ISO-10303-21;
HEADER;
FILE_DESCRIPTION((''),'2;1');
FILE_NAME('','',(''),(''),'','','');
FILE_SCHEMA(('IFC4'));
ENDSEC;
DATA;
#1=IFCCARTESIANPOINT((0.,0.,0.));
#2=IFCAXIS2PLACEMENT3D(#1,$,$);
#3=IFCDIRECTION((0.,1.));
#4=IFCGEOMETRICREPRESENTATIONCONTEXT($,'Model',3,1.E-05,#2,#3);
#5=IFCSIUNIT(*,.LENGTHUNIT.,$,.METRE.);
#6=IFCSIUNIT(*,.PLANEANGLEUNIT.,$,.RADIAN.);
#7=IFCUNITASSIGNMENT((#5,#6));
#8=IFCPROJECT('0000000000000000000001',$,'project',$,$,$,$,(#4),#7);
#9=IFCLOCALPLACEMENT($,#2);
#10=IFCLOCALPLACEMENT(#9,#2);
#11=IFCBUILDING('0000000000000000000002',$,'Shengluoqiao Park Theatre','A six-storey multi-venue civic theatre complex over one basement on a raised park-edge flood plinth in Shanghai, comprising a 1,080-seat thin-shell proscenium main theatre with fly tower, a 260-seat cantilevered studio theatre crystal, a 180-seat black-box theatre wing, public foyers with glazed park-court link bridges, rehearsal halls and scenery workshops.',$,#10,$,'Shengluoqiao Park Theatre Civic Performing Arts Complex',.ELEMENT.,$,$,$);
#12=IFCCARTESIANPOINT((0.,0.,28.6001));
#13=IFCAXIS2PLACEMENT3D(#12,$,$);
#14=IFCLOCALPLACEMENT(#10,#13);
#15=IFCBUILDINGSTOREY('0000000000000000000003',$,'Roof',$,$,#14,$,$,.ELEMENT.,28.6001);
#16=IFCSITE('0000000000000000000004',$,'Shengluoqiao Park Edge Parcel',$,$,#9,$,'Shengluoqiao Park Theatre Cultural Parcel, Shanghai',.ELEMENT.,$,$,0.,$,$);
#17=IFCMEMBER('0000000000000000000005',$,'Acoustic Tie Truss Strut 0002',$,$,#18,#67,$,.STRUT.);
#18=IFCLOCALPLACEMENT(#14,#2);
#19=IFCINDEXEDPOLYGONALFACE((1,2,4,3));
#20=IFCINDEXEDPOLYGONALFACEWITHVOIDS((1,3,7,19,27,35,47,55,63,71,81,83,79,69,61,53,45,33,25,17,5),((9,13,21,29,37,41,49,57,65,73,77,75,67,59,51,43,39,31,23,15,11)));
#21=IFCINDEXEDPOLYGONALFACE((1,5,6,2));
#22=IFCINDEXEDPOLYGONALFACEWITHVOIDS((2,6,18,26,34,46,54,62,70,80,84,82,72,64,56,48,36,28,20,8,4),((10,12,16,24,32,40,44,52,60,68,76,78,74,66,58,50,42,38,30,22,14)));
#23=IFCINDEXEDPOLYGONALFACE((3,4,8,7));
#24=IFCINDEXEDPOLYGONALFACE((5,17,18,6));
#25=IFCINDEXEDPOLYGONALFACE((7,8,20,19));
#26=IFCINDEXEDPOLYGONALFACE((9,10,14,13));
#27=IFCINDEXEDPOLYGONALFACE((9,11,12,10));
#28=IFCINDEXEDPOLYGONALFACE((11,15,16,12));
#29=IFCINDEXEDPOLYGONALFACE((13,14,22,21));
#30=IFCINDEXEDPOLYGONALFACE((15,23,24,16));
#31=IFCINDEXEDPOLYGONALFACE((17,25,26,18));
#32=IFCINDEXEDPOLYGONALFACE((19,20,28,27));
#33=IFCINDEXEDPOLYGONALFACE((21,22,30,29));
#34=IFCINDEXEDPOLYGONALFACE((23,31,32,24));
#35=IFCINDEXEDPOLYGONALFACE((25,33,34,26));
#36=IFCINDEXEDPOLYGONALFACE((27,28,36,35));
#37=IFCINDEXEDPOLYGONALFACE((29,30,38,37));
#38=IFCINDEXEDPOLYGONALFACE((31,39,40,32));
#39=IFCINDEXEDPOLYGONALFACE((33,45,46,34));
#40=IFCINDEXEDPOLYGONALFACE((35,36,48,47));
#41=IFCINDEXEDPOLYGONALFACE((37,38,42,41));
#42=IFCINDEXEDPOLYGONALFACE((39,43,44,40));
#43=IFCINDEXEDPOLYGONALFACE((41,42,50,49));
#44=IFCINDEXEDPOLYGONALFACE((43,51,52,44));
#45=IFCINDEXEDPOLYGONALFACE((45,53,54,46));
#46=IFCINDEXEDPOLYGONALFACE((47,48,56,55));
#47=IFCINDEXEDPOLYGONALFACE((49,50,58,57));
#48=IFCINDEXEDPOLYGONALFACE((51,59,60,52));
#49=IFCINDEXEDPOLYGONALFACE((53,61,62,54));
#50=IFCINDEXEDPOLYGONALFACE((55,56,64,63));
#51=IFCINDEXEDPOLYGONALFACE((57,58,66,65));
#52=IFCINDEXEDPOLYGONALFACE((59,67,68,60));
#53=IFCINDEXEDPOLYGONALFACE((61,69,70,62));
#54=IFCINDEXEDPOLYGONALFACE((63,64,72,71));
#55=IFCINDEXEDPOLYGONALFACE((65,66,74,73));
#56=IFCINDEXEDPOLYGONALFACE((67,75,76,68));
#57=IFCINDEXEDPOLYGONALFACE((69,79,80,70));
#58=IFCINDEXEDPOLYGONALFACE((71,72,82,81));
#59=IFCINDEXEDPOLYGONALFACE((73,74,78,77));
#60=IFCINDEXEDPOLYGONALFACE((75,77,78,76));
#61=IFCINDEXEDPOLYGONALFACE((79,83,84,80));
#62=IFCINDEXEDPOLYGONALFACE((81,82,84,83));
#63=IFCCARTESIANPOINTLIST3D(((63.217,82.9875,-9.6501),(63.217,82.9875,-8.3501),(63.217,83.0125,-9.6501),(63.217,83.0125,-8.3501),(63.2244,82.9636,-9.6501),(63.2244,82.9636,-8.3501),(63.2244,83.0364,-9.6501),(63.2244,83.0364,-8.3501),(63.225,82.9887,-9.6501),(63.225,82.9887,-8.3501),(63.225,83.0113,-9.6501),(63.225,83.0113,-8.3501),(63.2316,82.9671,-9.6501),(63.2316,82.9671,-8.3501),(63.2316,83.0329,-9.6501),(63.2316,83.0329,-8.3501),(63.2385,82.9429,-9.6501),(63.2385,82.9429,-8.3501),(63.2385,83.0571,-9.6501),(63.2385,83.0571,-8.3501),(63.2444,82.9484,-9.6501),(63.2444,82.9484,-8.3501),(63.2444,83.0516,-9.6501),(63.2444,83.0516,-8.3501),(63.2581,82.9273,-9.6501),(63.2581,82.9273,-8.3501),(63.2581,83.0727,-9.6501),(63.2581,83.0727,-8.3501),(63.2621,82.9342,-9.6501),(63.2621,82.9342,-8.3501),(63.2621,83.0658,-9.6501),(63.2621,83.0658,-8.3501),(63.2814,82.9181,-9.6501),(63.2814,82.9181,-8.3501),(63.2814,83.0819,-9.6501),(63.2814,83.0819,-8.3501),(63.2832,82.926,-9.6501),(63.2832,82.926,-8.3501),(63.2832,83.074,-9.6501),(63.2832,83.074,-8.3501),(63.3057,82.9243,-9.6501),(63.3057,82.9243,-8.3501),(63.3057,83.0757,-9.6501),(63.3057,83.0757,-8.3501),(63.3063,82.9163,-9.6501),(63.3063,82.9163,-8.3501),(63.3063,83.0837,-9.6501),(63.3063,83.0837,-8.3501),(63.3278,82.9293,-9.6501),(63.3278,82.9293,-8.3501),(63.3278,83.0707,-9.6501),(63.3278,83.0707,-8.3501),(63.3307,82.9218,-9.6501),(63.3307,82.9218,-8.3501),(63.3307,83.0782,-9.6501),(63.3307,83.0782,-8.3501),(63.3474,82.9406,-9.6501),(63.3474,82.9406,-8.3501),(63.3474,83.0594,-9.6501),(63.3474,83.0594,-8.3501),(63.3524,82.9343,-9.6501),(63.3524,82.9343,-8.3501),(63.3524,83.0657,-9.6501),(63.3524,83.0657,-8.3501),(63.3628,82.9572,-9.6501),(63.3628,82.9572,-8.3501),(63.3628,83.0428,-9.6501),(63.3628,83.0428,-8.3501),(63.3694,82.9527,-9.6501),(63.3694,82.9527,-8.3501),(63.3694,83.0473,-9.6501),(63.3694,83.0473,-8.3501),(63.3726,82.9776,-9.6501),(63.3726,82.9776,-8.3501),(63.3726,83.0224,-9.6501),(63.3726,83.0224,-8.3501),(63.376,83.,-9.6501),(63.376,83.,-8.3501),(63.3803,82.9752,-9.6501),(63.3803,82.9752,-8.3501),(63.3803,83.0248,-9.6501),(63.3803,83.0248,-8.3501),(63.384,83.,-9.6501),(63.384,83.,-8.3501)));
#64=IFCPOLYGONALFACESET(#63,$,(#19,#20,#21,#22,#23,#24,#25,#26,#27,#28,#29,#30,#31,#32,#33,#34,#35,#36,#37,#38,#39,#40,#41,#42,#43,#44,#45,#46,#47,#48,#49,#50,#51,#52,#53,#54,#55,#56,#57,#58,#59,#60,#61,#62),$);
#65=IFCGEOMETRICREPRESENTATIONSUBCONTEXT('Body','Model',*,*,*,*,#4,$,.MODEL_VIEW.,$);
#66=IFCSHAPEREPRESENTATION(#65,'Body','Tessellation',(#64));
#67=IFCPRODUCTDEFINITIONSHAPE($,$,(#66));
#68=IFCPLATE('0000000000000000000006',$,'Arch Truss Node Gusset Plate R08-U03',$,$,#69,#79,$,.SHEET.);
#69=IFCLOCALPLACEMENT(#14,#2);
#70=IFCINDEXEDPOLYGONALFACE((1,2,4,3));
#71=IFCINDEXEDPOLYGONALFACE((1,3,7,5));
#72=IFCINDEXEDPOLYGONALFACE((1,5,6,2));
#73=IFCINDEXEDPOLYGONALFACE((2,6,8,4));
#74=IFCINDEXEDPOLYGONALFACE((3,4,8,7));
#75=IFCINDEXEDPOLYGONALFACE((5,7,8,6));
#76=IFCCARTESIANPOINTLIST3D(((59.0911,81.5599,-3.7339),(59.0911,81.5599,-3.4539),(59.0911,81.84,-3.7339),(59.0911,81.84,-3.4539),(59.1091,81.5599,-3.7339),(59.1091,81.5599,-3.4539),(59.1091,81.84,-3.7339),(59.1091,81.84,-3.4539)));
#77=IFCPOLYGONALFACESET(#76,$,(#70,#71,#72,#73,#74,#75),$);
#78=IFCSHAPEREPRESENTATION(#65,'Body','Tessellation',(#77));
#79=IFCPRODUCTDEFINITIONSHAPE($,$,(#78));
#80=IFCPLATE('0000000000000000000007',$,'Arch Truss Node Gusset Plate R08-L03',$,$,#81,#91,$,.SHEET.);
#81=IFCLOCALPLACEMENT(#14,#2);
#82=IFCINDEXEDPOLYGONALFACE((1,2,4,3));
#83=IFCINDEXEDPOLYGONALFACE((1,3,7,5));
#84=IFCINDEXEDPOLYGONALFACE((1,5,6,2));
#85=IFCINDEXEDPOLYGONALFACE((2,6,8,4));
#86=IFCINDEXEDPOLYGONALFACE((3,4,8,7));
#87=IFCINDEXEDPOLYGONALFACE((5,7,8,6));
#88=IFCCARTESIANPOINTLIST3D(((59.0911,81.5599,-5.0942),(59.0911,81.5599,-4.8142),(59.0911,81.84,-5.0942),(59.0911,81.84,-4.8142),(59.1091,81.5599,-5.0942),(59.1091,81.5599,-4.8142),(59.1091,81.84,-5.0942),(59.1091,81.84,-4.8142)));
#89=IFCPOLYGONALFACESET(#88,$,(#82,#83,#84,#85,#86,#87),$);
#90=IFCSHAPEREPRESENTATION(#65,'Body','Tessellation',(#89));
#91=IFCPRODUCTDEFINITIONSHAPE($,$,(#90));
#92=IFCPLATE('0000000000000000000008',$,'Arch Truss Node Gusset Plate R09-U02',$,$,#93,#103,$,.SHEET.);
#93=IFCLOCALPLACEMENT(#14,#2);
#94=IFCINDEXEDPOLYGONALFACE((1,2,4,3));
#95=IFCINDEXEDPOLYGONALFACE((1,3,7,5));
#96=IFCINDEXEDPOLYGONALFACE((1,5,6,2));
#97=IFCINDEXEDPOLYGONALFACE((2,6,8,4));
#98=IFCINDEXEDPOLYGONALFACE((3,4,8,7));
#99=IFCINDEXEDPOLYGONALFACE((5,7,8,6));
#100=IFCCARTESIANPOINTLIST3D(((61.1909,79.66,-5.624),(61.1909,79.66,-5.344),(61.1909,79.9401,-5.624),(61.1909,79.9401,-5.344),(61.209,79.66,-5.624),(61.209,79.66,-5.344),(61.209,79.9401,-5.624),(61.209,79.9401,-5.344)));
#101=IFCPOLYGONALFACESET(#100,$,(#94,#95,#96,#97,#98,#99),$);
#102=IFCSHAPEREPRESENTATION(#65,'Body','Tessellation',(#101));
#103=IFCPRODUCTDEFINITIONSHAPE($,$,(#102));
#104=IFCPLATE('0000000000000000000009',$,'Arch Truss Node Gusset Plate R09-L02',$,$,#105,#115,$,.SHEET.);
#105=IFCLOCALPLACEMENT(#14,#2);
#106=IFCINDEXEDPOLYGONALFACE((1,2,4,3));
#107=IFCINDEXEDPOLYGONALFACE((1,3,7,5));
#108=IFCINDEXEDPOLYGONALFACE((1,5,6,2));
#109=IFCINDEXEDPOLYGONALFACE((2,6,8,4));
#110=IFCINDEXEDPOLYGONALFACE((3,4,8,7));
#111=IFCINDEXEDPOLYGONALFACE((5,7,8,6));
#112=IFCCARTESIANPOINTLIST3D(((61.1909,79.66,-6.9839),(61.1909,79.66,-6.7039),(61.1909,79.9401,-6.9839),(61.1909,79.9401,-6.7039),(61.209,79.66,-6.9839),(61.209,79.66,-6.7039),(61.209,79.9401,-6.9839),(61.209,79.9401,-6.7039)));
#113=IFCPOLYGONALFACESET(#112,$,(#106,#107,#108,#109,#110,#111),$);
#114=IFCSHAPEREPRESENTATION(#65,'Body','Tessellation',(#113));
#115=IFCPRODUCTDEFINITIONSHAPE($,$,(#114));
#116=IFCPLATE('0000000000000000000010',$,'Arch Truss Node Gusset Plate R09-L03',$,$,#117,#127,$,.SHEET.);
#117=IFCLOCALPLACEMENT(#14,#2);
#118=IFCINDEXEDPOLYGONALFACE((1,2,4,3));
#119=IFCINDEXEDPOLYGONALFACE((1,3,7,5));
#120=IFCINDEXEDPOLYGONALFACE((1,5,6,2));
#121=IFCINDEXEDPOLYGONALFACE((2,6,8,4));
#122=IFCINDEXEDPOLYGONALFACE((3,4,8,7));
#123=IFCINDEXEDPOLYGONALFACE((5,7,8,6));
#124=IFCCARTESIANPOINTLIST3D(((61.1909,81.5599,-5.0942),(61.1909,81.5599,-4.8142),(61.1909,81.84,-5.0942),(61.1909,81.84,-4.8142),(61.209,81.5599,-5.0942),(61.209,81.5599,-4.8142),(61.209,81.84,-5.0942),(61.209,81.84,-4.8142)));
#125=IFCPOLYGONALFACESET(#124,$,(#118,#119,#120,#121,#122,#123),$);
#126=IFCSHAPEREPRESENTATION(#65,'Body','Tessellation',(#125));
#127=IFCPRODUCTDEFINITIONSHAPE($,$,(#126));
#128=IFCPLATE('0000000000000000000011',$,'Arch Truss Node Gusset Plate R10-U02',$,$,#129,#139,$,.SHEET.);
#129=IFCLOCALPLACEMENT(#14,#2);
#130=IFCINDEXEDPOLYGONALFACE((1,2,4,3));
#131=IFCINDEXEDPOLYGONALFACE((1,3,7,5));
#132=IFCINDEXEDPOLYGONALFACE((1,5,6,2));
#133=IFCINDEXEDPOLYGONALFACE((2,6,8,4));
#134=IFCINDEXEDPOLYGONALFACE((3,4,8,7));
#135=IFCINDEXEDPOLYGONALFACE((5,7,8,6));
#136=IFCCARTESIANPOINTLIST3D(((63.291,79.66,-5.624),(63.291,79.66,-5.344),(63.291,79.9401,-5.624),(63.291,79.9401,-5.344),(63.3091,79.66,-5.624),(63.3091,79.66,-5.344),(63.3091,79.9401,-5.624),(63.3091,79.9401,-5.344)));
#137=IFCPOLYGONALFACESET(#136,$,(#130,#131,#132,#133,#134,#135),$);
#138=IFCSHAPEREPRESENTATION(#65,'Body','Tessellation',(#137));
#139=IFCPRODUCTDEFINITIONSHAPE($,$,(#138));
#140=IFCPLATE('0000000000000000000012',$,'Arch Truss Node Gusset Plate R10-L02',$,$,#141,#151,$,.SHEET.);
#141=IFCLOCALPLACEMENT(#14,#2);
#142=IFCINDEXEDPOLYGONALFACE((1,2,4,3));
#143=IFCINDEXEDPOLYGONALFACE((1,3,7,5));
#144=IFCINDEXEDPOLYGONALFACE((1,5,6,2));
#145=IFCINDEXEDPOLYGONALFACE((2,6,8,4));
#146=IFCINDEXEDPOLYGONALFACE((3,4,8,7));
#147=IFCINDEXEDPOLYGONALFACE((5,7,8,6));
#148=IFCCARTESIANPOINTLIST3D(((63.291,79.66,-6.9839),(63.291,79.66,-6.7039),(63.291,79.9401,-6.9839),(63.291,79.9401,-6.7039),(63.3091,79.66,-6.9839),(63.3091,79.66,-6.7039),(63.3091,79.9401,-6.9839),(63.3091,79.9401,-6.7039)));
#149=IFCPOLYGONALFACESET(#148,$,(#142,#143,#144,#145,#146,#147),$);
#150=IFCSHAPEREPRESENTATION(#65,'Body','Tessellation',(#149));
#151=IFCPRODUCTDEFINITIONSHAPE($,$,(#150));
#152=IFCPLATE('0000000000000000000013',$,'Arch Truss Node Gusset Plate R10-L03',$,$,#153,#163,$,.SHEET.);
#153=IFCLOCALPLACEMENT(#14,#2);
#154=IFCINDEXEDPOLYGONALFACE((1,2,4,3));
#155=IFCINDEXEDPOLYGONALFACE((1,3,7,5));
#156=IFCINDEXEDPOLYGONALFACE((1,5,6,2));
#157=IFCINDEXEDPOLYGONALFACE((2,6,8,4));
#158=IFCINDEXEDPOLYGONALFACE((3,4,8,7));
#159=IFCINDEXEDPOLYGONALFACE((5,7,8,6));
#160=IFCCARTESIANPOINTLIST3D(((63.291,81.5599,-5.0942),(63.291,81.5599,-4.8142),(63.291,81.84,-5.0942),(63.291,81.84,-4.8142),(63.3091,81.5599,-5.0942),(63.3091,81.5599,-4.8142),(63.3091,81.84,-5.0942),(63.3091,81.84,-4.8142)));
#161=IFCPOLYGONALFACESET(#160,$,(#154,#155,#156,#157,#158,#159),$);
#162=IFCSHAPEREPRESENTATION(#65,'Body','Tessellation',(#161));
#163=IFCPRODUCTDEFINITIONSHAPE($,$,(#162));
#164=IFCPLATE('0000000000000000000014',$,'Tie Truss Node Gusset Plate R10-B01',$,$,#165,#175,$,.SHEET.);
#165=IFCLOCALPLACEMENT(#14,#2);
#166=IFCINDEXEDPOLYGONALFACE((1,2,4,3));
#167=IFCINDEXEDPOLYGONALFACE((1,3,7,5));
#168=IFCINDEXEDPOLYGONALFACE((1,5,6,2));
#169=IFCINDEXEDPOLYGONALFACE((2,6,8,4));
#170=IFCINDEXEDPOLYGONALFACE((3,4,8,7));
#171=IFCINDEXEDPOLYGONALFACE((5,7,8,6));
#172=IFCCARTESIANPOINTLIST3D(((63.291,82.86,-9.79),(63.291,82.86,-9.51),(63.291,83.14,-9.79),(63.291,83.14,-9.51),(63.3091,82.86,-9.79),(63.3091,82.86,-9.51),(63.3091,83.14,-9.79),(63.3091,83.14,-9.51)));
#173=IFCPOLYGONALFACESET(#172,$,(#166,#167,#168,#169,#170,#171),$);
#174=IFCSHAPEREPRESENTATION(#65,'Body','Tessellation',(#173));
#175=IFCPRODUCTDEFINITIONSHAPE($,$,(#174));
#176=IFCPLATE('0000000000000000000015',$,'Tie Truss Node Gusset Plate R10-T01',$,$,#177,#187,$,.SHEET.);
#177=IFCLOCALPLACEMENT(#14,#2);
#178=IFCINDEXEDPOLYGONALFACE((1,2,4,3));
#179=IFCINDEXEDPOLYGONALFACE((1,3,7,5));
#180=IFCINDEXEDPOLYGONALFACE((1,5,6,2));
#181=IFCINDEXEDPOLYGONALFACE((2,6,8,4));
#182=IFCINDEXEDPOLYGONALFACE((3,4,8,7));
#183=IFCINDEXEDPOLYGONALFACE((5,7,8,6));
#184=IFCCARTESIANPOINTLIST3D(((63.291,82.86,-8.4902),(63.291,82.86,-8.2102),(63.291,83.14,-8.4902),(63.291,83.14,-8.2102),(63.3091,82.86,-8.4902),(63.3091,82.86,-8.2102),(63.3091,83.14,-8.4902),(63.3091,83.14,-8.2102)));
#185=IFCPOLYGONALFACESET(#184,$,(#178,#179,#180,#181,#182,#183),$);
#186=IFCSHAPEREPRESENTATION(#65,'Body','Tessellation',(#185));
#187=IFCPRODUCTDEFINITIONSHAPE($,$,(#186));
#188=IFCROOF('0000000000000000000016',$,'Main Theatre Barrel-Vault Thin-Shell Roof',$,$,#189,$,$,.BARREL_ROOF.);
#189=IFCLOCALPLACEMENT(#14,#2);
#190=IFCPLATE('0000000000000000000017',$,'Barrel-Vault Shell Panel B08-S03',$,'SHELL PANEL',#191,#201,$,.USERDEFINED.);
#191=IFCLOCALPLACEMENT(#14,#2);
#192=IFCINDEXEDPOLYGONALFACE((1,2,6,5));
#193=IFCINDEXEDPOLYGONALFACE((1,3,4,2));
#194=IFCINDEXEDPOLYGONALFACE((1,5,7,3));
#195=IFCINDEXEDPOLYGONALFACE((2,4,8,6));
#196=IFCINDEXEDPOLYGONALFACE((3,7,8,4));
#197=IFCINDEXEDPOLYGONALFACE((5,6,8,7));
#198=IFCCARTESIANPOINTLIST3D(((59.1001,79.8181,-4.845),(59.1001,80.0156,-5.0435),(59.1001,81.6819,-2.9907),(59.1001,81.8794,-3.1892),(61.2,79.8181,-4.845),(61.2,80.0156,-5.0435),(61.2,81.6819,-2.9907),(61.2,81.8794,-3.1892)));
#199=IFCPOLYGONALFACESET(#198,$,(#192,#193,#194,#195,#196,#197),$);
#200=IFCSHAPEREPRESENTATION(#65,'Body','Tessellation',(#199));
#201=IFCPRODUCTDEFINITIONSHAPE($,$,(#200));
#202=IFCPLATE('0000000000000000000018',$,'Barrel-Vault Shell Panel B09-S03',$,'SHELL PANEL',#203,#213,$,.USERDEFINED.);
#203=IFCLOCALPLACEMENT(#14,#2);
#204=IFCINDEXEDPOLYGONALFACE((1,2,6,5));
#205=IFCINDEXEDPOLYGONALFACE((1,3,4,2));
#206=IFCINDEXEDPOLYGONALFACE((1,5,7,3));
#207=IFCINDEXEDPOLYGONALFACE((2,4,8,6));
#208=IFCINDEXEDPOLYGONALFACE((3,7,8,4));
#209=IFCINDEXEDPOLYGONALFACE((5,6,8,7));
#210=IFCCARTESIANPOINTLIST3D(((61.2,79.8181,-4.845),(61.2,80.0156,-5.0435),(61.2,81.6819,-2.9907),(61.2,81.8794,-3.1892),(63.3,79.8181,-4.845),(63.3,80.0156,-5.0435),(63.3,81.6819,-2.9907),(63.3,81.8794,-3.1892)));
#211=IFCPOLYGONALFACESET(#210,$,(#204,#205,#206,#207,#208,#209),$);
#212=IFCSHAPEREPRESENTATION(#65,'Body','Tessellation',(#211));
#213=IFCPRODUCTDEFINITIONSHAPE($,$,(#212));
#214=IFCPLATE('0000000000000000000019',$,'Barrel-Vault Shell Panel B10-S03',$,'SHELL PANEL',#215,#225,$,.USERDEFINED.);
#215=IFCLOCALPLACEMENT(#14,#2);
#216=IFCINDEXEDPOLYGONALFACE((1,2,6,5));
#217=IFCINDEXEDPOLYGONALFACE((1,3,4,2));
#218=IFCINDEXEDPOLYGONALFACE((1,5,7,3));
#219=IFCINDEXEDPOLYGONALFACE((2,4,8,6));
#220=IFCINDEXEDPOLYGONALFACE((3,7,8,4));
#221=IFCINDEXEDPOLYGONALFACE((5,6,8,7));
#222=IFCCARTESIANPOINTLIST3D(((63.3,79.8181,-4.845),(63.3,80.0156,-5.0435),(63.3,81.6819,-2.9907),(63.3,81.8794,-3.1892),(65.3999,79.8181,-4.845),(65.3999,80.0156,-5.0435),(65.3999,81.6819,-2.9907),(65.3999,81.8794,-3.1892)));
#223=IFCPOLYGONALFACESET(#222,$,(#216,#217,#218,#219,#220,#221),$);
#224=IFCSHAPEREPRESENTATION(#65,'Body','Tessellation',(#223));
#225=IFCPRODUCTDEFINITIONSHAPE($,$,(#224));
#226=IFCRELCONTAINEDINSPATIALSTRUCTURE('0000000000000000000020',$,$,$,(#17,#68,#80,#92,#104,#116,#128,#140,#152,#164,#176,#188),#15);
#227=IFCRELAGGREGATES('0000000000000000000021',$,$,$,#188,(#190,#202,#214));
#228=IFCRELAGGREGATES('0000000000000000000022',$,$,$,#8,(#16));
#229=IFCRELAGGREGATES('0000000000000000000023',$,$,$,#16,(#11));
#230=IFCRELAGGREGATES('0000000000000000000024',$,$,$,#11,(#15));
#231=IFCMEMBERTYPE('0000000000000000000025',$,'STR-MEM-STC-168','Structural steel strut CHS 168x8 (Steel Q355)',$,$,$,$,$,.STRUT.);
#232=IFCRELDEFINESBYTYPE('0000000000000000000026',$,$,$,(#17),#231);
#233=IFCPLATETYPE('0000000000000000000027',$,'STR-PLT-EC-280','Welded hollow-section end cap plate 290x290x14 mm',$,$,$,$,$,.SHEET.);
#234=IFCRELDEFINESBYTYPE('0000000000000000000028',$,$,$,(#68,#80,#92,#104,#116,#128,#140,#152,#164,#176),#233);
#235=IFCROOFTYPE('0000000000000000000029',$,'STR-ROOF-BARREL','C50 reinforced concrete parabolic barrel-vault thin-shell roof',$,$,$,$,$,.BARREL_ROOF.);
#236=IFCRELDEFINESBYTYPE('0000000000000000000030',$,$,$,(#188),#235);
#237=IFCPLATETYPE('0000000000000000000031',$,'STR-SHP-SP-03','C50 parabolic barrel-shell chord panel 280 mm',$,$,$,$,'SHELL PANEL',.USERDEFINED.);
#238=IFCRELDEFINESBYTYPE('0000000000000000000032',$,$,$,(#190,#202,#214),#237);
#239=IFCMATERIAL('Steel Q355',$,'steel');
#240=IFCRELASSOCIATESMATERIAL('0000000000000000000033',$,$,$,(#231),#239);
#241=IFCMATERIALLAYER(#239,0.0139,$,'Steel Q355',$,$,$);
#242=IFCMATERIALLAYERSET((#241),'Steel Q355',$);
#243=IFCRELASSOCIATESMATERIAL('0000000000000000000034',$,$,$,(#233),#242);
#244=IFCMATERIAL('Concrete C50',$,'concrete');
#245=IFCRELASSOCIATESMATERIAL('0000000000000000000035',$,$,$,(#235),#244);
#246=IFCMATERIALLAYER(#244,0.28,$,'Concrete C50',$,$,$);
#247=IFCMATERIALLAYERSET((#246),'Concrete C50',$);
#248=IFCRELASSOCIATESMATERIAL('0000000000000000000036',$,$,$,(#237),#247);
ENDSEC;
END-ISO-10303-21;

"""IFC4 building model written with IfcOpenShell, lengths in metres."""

from ifc_helpers import new_model, si_unit, direction, frame, origin, origin_2d, place, context, subcontext, project, spatial, polyline, rectangle, hollow_circle, outline, extrude, material, layer, layer_set, material_profile, profile_set, type_object, element, aggregate, save


model = new_model("IFC4")

# Units and contexts
model_context = context("Model", 3, precision=1e-05, world=origin(), true_north=direction((0.0, 1.0)))
body_context = subcontext(model_context, "Body", "Model", "MODEL_VIEW")
ifc_project = project(units=[si_unit("LENGTHUNIT", "METRE"), si_unit("PLANEANGLEUNIT", "RADIAN")], contexts=[model_context])

# Site, building, storey
site_placement = place(None, origin())
site = spatial("IfcSite", under=ifc_project, at=site_placement, Name="Shengluoqiao Park Edge Parcel", LongName="Shengluoqiao Park Theatre Cultural Parcel, Shanghai", CompositionType="ELEMENT", RefElevation=0.0)
building_placement = place(site_placement, origin())
building = spatial("IfcBuilding", under=site, at=building_placement, Name="Shengluoqiao Park Theatre", Description="A six-storey multi-venue civic theatre complex over one basement on a raised park-edge flood plinth in Shanghai, comprising a 1,080-seat thin-shell proscenium main theatre with fly tower, a 260-seat cantilevered studio theatre crystal, a 180-seat black-box theatre wing, public foyers with glazed park-court link bridges, rehearsal halls and scenery workshops.", LongName="Shengluoqiao Park Theatre Civic Performing Arts Complex", CompositionType="ELEMENT")
storey_placement = place(building_placement, frame((0.0, 0.0, 28.6001)))
storey = spatial("IfcBuildingStorey", under=building, at=storey_placement, Name="Roof", CompositionType="ELEMENT", Elevation=28.6001)

# Shared definitions
ifc_material_1 = material(Name="Concrete C50", Category="concrete")
ifc_material_2 = material(Name="Steel Q355", Category="steel")

# Member
ifc_material_profile_1 = material_profile(ifc_material_2, hollow_circle(Radius=0.084, WallThickness=0.0081, at=origin_2d()), Name="CHS 168x8")
ifc_profile_set_1 = profile_set([ifc_material_profile_1], Name="Steel Q355")
member_type_1 = type_object("IfcMemberType", Name="STR-MEM-STC-168", Description="Structural steel strut CHS 168x8 (Steel Q355)", PredefinedType="STRUT", material=ifc_profile_set_1)
member_1_placement = place(storey_placement, frame((63.3, 83.0, -9.6501), z_axis=(0.0, 0.0, 1.0), x_axis=(1.0, 0.0, 0.0)))
element("IfcMember", 1, at=member_1_placement, inside=storey, type_object=member_type_1, Name="Acoustic Tie Truss Strut 0002", PredefinedType="STRUT", context=body_context, shape_type="SweptSolid", body=[
    extrude(hollow_circle(Radius=0.084, WallThickness=0.0081, at=origin_2d()), origin(), (0.0, 0.0, 1.0), 1.3),
])

# Plates
ifc_layer_1 = layer(ifc_material_2, 0.0139, Name="Steel Q355")
ifc_layer_set_1 = layer_set([ifc_layer_1], Name="Steel Q355")
plate_type_1 = type_object("IfcPlateType", Name="STR-PLT-EC-280", Description="Welded hollow-section end cap plate 290x290x14 mm", PredefinedType="SHEET", material=ifc_layer_set_1)
for number, where, z_axis, x_axis, name in (
    (2, (59.1001, 81.7, -3.7339), (0.0, 0.0, 1.0), (1.0, 0.0, 0.0), "Arch Truss Node Gusset Plate R08-U03"),
    (3, (59.1001, 81.7, -5.0942), (0.0, 0.0, 1.0), (1.0, 0.0, 0.0), "Arch Truss Node Gusset Plate R08-L03"),
    (4, (61.2, 79.8, -5.624), (0.0, 0.0, 1.0), (1.0, 0.0, 0.0), "Arch Truss Node Gusset Plate R09-U02"),
    (5, (61.2, 79.8, -6.9839), (0.0, 0.0, 1.0), (1.0, 0.0, 0.0), "Arch Truss Node Gusset Plate R09-L02"),
    (6, (61.2, 81.7, -5.0942), (0.0, 0.0, 1.0), (1.0, 0.0, 0.0), "Arch Truss Node Gusset Plate R09-L03"),
    (7, (63.3, 79.8, -5.624), (0.0, 0.0, 1.0), (1.0, 0.0, 0.0), "Arch Truss Node Gusset Plate R10-U02"),
    (8, (63.3, 79.8, -6.9839), (0.0, 0.0, 1.0), (1.0, 0.0, 0.0), "Arch Truss Node Gusset Plate R10-L02"),
    (9, (63.3, 81.7, -5.0942), (0.0, 0.0, 1.0), (1.0, 0.0, 0.0), "Arch Truss Node Gusset Plate R10-L03"),
    (10, (63.3, 83.0, -9.79), (0.0, 0.0, 1.0), (1.0, 0.0, 0.0), "Tie Truss Node Gusset Plate R10-B01"),
    (11, (63.3, 83.0, -8.4902), (0.0, 0.0, 1.0), (1.0, 0.0, 0.0), "Tie Truss Node Gusset Plate R10-T01"),
):
    element("IfcPlate", number, at=place(storey_placement, frame(where, z_axis=z_axis, x_axis=x_axis)), inside=storey, type_object=plate_type_1, Name=name, PredefinedType="SHEET", context=body_context, shape_type="SweptSolid", body=[
        extrude(rectangle(XDim=0.0181, YDim=0.28, at=origin_2d()), origin(), (0.0, 0.0, 1.0), 0.28),
    ])

# Roof, plates
roof_type = type_object("IfcRoofType", Name="STR-ROOF-BARREL", Description="C50 reinforced concrete parabolic barrel-vault thin-shell roof", PredefinedType="BARREL_ROOF", material=ifc_material_1)
roof_placement = place(storey_placement, origin())
roof = element("IfcRoof", 12, at=roof_placement, inside=storey, type_object=roof_type, Name="Main Theatre Barrel-Vault Thin-Shell Roof", PredefinedType="BARREL_ROOF")
ifc_layer_2 = layer(ifc_material_1, 0.28, Name="Concrete C50")
ifc_layer_set_2 = layer_set([ifc_layer_2], Name="Concrete C50")
plate_type_2 = type_object("IfcPlateType", Name="STR-SHP-SP-03", Description="C50 parabolic barrel-shell chord panel 280 mm", ElementType="SHELL PANEL", PredefinedType="USERDEFINED", material=ifc_layer_set_2)
plate_1_placement = place(storey_placement, frame((59.1001, 79.8181, -4.845), z_axis=(0.0, -0.705294, 0.708915), x_axis=(1.0, 0.0, 0.0)))
plate_1 = element("IfcPlate", 13, at=plate_1_placement, type_object=plate_type_2, Name="Barrel-Vault Shell Panel B08-S03", ObjectType="SHELL PANEL", PredefinedType="USERDEFINED", context=body_context, shape_type="SweptSolid", body=[
    extrude(outline(polyline([(0.0, 0.0), (2.0999, 0.0), (2.0999, 2.629), (0.0, 2.629), (0.0, 0.0)])), origin(), (0.0, 0.0, -1.0), 0.28),
])
plate_2_placement = place(storey_placement, frame((61.2, 79.8181, -4.845), z_axis=(0.0, -0.705294, 0.708915), x_axis=(1.0, 0.0, 0.0)))
plate_2 = element("IfcPlate", 14, at=plate_2_placement, type_object=plate_type_2, Name="Barrel-Vault Shell Panel B09-S03", ObjectType="SHELL PANEL", PredefinedType="USERDEFINED", context=body_context, shape_type="SweptSolid", body=[
    extrude(outline(polyline([(0.0, 0.0), (2.1001, 0.0), (2.1001, 2.629), (0.0, 2.629), (0.0, 0.0)])), origin(), (0.0, 0.0, -1.0), 0.28),
])
plate_3_placement = place(storey_placement, frame((63.3, 79.8181, -4.845), z_axis=(0.0, -0.705294, 0.708915), x_axis=(1.0, 0.0, 0.0)))
plate_3 = element("IfcPlate", 15, at=plate_3_placement, type_object=plate_type_2, Name="Barrel-Vault Shell Panel B10-S03", ObjectType="SHELL PANEL", PredefinedType="USERDEFINED", context=body_context, shape_type="SweptSolid", body=[
    extrude(outline(polyline([(0.0, 0.0), (2.0999, 0.0), (2.0999, 2.629), (0.0, 2.629), (0.0, 0.0)])), origin(), (0.0, 0.0, -1.0), 0.28),
])
aggregate(roof, [plate_1, plate_2, plate_3])

save(model, "model.ifc")
